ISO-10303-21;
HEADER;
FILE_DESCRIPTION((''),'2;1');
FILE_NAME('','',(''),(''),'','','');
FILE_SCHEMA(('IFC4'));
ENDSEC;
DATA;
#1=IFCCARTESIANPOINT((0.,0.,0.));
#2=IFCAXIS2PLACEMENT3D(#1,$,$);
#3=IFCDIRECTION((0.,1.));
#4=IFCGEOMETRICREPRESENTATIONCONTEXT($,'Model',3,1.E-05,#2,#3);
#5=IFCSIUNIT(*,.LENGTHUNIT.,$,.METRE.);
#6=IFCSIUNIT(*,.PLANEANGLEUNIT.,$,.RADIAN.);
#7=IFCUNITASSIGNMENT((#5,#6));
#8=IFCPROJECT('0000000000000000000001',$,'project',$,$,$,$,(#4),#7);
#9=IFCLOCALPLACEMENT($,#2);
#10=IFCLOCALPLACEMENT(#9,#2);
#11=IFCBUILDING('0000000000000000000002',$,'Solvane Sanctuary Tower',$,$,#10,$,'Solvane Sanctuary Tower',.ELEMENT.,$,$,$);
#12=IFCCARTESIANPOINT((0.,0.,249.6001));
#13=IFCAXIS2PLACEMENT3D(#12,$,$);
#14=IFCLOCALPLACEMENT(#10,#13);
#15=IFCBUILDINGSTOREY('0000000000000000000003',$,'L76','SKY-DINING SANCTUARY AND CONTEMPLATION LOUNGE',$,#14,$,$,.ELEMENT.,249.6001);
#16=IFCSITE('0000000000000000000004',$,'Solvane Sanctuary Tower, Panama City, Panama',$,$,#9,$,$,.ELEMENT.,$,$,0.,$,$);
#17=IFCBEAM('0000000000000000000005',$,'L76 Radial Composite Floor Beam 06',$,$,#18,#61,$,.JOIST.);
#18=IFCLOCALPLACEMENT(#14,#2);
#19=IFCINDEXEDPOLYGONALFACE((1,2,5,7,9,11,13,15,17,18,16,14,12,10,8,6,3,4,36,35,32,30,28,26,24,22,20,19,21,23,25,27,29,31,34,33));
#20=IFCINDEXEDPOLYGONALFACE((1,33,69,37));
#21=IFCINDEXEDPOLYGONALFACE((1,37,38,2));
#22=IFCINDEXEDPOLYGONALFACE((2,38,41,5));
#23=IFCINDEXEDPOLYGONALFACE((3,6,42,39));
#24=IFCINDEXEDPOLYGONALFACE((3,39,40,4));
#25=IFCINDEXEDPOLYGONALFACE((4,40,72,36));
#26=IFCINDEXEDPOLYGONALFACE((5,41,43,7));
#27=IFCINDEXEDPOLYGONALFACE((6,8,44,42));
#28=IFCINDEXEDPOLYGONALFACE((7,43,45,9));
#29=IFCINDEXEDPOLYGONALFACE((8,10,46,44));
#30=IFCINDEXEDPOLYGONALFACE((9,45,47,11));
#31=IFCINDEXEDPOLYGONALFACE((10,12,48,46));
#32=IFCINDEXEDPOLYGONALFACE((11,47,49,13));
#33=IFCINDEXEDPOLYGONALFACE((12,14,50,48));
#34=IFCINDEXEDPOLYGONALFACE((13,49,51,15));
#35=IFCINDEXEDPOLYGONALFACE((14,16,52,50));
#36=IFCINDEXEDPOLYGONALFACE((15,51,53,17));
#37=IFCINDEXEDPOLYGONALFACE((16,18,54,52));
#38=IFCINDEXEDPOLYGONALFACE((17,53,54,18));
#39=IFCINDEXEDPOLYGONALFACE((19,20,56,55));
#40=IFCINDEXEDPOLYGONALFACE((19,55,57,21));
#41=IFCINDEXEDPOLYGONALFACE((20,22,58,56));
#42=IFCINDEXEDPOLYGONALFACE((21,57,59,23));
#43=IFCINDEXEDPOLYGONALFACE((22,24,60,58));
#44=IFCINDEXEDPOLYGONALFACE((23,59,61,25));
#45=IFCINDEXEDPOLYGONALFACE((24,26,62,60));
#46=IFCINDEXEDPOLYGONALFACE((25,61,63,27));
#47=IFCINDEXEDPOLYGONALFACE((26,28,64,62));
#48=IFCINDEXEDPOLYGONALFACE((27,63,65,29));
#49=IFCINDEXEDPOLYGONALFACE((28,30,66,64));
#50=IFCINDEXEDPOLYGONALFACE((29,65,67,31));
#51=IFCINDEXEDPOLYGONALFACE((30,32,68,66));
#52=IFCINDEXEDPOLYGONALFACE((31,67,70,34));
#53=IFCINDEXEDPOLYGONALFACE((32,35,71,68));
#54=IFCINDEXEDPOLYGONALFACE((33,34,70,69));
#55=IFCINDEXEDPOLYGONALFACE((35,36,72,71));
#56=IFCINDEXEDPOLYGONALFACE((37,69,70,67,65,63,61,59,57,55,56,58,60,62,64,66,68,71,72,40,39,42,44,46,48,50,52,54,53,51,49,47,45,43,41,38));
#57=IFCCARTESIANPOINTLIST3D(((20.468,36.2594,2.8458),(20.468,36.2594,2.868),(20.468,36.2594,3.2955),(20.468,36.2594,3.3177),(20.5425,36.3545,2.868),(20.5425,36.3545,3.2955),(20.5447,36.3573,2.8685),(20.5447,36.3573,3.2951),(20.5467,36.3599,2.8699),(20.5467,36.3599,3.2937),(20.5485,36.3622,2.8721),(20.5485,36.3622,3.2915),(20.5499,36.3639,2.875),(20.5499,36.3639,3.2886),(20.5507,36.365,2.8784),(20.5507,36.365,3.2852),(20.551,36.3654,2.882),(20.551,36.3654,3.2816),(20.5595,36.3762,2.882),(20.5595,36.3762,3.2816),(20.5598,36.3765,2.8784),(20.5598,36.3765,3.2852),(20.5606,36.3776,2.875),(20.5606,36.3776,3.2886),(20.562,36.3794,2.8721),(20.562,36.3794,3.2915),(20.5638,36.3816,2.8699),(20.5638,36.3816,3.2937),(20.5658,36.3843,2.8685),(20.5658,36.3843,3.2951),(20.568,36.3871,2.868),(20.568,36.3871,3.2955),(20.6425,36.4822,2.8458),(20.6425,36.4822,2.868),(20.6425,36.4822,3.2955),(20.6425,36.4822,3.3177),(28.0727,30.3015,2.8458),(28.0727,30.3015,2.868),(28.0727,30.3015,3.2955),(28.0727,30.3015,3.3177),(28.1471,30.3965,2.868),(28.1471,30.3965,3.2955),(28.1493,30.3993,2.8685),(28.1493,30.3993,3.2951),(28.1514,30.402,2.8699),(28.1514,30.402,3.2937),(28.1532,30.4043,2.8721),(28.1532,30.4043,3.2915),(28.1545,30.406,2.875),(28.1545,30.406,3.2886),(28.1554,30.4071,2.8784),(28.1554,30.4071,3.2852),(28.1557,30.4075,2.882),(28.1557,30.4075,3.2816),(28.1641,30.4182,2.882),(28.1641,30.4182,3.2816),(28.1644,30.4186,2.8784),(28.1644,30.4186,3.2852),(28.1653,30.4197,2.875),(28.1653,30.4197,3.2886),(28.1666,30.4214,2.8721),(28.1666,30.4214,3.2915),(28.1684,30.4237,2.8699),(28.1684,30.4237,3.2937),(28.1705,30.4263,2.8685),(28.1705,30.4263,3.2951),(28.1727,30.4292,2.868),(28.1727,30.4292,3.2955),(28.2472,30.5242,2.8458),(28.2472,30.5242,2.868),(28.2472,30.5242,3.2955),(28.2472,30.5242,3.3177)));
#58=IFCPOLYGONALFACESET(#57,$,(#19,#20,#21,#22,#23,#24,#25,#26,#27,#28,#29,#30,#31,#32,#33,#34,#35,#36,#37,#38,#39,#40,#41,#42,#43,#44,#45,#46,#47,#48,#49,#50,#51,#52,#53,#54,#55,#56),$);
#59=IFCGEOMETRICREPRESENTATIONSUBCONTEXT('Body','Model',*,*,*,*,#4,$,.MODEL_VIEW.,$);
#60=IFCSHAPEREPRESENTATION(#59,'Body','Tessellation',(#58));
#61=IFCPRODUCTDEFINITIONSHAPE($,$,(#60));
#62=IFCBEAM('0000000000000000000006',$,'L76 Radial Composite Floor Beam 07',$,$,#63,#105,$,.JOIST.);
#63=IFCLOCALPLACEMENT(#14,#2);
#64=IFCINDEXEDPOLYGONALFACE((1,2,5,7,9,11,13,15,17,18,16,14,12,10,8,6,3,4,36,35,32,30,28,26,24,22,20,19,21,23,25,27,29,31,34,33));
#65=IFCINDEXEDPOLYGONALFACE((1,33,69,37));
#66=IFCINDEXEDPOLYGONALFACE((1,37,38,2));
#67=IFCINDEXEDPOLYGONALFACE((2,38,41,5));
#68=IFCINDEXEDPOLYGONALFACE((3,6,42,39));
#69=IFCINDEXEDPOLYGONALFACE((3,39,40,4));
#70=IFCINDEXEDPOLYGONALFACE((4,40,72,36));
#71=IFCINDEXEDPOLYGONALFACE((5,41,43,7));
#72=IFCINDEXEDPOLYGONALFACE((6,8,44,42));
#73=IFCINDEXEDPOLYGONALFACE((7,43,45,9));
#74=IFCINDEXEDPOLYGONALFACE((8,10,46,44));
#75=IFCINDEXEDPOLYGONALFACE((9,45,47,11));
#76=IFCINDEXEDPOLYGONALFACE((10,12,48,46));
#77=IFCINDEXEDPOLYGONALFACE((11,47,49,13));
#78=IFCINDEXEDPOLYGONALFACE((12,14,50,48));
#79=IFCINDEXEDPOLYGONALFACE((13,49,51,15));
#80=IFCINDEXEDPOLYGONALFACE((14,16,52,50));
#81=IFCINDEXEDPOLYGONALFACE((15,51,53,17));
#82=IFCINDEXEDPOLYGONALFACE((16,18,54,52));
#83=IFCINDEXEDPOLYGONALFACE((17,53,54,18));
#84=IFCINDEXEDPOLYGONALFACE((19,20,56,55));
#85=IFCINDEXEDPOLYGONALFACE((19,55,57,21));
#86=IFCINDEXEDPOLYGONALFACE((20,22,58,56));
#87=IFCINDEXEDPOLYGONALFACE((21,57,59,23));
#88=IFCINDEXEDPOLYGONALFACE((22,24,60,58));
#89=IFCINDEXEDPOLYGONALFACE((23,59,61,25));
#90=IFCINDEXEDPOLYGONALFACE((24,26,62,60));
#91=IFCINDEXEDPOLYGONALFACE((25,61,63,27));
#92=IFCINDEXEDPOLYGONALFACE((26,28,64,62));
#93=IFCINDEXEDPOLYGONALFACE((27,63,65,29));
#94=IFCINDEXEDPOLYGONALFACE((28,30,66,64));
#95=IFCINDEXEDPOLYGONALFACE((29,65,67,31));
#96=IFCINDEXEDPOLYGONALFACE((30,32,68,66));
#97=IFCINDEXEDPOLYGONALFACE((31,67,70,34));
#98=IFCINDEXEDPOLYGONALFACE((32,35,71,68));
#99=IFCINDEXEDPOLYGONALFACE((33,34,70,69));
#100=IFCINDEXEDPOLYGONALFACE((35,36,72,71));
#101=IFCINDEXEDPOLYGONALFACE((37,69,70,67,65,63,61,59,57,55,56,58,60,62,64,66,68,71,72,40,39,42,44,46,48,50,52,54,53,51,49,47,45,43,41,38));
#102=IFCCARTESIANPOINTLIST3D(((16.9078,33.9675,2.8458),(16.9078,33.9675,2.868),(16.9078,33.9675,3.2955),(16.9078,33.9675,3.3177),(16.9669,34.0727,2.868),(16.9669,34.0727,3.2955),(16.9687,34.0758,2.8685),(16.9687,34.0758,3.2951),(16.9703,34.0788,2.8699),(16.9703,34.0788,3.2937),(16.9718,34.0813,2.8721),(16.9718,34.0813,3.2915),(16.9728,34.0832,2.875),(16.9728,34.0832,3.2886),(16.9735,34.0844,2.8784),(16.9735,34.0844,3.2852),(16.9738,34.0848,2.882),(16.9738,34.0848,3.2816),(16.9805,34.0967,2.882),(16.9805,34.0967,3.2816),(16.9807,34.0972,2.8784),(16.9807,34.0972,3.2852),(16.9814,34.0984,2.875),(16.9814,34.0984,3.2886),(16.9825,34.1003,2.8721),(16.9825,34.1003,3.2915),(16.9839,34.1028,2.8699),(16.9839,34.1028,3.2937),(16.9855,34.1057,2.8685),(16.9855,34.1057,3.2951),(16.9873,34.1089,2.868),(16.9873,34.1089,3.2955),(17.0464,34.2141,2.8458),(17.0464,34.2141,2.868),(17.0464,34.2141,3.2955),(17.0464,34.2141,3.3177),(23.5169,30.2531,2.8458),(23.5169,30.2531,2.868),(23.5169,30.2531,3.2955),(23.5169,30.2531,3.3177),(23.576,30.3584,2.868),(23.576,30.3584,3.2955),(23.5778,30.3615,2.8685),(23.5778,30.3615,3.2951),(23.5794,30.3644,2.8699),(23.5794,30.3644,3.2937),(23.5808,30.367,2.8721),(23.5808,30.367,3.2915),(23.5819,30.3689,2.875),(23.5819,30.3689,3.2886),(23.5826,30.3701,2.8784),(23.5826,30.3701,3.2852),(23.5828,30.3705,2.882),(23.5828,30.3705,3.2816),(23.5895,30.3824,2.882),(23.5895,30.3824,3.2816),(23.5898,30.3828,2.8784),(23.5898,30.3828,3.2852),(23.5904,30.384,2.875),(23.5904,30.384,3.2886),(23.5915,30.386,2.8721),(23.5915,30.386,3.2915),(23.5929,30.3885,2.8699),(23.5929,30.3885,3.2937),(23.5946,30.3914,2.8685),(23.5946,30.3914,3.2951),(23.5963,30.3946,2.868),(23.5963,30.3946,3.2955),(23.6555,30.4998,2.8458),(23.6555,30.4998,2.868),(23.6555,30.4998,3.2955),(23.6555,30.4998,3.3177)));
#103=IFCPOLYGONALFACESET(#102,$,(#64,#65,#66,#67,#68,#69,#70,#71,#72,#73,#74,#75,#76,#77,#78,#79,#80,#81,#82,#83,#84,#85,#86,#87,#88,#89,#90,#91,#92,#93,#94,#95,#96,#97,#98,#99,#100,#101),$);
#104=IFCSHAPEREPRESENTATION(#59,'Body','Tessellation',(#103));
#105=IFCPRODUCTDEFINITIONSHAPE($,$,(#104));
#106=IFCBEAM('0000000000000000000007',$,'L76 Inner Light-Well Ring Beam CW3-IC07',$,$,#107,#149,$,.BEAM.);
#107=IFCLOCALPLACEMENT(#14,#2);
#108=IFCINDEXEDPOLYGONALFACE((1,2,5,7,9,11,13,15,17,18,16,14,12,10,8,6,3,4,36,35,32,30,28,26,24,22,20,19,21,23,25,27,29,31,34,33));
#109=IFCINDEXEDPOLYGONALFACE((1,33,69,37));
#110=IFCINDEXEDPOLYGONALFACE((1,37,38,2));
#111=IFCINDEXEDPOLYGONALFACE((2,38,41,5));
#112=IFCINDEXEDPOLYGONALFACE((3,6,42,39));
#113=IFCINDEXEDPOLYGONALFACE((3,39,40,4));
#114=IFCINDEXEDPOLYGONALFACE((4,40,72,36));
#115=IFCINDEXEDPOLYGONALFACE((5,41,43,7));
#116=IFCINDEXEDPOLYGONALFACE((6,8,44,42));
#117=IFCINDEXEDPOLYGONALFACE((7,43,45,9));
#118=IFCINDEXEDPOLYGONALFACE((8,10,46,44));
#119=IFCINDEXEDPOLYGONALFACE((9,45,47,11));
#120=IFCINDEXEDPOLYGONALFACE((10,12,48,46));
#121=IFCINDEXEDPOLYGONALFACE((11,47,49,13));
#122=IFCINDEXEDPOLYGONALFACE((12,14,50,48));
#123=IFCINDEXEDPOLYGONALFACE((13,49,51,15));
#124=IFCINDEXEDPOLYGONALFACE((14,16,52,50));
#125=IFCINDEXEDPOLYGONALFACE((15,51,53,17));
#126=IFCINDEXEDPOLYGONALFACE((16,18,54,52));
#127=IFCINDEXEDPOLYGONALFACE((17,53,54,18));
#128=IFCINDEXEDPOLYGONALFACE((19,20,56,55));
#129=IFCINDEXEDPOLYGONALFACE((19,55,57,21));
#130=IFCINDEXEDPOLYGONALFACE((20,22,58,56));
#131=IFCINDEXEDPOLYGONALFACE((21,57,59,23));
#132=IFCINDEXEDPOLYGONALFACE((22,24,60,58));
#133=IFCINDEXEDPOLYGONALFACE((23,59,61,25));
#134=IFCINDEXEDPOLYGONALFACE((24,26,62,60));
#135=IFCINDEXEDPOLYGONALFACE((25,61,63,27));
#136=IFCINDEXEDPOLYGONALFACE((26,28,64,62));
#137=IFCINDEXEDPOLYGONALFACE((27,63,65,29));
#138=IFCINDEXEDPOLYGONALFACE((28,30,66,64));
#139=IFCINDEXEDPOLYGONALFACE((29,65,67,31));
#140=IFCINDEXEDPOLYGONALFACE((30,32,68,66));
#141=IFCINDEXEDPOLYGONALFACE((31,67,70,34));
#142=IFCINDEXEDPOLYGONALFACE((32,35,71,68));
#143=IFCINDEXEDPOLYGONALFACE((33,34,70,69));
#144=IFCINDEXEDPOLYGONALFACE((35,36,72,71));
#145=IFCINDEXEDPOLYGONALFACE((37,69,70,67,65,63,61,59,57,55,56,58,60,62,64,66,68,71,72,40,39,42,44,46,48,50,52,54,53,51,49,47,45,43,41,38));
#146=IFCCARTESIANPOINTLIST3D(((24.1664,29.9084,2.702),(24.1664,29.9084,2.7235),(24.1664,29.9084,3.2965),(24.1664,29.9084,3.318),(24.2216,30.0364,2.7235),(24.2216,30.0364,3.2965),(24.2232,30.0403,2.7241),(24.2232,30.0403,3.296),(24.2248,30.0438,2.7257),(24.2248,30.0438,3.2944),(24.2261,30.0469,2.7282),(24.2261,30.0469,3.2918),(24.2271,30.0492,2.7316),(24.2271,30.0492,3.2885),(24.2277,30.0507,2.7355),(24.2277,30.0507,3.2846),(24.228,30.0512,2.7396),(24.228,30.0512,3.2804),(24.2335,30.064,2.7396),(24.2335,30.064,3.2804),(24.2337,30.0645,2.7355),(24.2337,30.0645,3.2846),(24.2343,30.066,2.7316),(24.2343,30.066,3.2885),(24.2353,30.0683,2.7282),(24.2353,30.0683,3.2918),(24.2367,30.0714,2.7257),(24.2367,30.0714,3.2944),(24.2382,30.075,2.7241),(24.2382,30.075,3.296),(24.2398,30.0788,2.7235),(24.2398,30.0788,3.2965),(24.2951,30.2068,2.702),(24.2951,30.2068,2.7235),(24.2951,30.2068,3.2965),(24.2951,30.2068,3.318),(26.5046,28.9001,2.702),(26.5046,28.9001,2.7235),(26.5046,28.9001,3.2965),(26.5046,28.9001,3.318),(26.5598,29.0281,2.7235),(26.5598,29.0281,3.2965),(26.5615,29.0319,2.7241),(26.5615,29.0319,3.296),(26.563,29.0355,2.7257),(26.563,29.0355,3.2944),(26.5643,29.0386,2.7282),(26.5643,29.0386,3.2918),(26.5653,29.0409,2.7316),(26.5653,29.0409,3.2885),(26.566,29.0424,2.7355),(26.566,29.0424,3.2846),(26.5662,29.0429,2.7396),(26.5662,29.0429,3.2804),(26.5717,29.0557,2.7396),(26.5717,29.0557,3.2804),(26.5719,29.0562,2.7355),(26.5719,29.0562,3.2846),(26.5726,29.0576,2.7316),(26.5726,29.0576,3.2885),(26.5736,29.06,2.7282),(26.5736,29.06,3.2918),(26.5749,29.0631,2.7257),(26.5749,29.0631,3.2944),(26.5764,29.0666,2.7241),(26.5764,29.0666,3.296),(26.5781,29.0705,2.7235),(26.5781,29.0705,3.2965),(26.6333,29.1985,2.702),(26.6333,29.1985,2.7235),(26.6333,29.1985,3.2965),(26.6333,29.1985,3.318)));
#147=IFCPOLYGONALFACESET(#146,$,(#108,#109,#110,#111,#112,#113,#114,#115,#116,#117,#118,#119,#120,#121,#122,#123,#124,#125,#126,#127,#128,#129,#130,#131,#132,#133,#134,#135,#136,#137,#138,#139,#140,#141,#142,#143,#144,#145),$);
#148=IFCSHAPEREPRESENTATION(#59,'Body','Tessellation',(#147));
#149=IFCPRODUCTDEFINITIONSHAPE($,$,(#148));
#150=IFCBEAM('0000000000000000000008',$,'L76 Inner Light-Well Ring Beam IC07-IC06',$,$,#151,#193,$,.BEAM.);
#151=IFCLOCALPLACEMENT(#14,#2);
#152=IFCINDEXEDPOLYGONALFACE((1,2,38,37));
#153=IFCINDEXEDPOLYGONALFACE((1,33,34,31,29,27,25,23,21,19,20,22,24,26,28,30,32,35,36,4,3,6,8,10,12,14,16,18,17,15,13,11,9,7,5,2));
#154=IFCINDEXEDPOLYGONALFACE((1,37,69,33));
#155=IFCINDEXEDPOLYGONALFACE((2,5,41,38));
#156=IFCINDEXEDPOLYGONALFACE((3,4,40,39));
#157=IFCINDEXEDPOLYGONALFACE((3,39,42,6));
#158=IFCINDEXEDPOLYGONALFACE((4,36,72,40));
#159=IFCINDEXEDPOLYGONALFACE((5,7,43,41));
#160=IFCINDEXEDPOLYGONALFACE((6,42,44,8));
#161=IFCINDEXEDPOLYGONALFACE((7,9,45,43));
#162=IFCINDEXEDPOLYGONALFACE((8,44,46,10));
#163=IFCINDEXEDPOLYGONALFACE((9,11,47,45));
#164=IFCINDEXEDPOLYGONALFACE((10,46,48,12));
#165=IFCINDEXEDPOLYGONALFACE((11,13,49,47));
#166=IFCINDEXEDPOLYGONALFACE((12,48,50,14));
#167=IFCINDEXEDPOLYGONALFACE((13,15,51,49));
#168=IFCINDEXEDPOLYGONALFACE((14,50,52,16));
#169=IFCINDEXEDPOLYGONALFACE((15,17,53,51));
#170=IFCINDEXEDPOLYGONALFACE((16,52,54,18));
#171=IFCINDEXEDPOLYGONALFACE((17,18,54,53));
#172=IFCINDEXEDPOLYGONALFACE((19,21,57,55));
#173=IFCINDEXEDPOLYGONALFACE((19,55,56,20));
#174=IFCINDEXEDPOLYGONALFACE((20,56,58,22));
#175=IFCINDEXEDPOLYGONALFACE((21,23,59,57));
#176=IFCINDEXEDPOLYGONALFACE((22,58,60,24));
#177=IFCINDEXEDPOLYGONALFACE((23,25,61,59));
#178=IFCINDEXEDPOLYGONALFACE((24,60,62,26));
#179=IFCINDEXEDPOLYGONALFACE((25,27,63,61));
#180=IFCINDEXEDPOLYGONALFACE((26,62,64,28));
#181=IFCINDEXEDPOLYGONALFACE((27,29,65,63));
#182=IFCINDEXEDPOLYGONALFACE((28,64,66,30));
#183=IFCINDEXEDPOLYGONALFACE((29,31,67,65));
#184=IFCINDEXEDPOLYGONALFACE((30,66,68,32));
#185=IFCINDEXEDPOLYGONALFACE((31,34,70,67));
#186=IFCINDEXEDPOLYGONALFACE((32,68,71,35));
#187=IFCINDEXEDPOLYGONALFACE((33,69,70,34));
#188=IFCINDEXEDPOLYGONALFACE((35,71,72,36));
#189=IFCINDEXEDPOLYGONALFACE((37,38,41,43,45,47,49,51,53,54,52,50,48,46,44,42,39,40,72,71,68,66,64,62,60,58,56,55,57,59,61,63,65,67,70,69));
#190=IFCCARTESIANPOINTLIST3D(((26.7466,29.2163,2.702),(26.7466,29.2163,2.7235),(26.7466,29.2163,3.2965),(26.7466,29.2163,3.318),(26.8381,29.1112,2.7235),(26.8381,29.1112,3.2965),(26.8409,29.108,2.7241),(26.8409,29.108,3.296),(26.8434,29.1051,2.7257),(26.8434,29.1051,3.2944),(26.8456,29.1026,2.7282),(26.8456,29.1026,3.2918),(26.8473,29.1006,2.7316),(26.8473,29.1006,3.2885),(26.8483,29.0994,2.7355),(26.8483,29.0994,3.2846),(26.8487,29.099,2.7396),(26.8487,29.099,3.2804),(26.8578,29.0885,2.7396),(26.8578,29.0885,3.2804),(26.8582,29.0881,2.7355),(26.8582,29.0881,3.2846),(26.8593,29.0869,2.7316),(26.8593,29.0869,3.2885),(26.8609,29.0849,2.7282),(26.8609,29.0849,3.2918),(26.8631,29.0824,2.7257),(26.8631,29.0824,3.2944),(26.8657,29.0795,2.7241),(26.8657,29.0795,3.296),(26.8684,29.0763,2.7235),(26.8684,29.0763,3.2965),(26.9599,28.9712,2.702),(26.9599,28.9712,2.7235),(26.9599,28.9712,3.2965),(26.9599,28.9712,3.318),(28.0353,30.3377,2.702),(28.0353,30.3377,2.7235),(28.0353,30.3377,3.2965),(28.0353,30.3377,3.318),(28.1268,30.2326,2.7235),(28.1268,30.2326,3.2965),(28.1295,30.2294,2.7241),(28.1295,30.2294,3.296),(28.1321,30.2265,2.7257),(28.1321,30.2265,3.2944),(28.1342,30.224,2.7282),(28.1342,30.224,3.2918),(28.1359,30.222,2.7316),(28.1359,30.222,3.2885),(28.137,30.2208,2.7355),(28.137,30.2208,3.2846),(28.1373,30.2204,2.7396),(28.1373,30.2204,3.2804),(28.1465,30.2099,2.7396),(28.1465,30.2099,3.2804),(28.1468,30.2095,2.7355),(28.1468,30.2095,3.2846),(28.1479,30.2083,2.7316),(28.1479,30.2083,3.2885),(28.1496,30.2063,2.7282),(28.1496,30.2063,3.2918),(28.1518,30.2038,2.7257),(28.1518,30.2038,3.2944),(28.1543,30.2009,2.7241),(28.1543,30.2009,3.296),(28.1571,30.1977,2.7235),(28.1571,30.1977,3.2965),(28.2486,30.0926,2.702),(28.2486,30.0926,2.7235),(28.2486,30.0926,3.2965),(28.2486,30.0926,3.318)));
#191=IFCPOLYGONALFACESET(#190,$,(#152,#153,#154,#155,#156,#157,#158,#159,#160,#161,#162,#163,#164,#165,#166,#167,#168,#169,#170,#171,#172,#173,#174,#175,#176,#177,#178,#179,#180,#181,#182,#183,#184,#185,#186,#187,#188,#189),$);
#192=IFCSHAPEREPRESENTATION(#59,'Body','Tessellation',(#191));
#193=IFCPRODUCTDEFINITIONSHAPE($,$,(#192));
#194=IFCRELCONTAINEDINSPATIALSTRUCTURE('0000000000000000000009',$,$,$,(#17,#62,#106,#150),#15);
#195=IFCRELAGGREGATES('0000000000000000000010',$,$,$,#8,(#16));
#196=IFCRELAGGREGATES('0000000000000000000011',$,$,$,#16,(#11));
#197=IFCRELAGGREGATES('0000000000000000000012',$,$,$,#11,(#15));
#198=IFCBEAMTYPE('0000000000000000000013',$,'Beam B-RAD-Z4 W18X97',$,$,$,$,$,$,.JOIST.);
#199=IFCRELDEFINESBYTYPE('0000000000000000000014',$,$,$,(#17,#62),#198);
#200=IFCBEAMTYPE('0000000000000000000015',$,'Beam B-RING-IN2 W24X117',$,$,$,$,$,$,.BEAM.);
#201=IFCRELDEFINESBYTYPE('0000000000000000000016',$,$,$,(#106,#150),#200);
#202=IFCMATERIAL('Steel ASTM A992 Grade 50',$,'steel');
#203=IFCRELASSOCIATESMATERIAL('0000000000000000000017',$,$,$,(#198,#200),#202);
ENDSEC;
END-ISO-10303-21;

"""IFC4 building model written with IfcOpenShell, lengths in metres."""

from ifc_helpers import new_model, si_unit, direction, frame, origin, origin_2d, place, context, subcontext, project, spatial, i_section, extrude, material, material_profile, profile_set, type_object, element, save


model = new_model("IFC4")

# Units and contexts
model_context = context("Model", 3, precision=1e-05, world=origin(), true_north=direction((0.0, 1.0)))
body_context = subcontext(model_context, "Body", "Model", "MODEL_VIEW")
ifc_project = project(units=[si_unit("LENGTHUNIT", "METRE"), si_unit("PLANEANGLEUNIT", "RADIAN")], contexts=[model_context])

# Site, building, storey
site_placement = place(None, origin())
site = spatial("IfcSite", under=ifc_project, at=site_placement, Name="Solvane Sanctuary Tower, Panama City, Panama", CompositionType="ELEMENT", RefElevation=0.0)
building_placement = place(site_placement, origin())
building = spatial("IfcBuilding", under=site, at=building_placement, Name="Solvane Sanctuary Tower", LongName="Solvane Sanctuary Tower", CompositionType="ELEMENT")
storey_placement = place(building_placement, frame((0.0, 0.0, 249.6001)))
storey = spatial("IfcBuildingStorey", under=building, at=storey_placement, Name="L76", Description="SKY-DINING SANCTUARY AND CONTEMPLATION LOUNGE", CompositionType="ELEMENT", Elevation=249.6001)

# Beams
ifc_material_1 = material(Name="Steel ASTM A992 Grade 50", Category="steel")
ifc_material_profile_1 = material_profile(ifc_material_1, i_section(OverallWidth=0.283, OverallDepth=0.4719, WebThickness=0.0137, FlangeThickness=0.0222, FilletRadius=0.0139, at=origin_2d()), Name="W18X97")
ifc_profile_set_1 = profile_set([ifc_material_profile_1], Name="Steel ASTM A992 Grade 50")
beam_type_1 = type_object("IfcBeamType", Name="Beam B-RAD-Z4 W18X97", PredefinedType="JOIST", material=ifc_profile_set_1)
beam_1_placement = place(storey_placement, frame((28.1599, 30.4128, 3.0818), z_axis=(-0.78718, 0.616724, 0.0), x_axis=(-0.616724, -0.78718, 0.0)))
element("IfcBeam", 1, at=beam_1_placement, inside=storey, type_object=beam_type_1, Name="L76 Radial Composite Floor Beam 06", PredefinedType="JOIST", context=body_context, shape_type="SweptSolid", body=[
    extrude(i_section(OverallWidth=0.283, OverallDepth=0.4719, WebThickness=0.0137, FlangeThickness=0.0222, FilletRadius=0.0139, at=origin_2d()), origin(), (0.0, 0.0, 1.0), 9.6606),
])
beam_2_placement = place(storey_placement, frame((23.5862, 30.3765, 3.0818), z_axis=(-0.87176, 0.489932, 0.0), x_axis=(-0.489932, -0.87176, 0.0)))
element("IfcBeam", 2, at=beam_2_placement, inside=storey, type_object=beam_type_1, Name="L76 Radial Composite Floor Beam 07", PredefinedType="JOIST", context=body_context, shape_type="SweptSolid", body=[
    extrude(i_section(OverallWidth=0.283, OverallDepth=0.4719, WebThickness=0.0137, FlangeThickness=0.0222, FilletRadius=0.0139, at=origin_2d()), origin(), (0.0, 0.0, 1.0), 7.5813),
])
ifc_material_profile_2 = material_profile(ifc_material_1, i_section(OverallWidth=0.325, OverallDepth=0.616, WebThickness=0.0139, FlangeThickness=0.0215, FilletRadius=0.0161, at=origin_2d()), Name="W24X117")
ifc_profile_set_2 = profile_set([ifc_material_profile_2], Name="Steel ASTM A992 Grade 50")
beam_type_2 = type_object("IfcBeamType", Name="Beam B-RING-IN2 W24X117", PredefinedType="BEAM", material=ifc_profile_set_2)
beam_3_placement = place(storey_placement, frame((24.2307, 30.0576, 3.01), z_axis=(0.918255, -0.39599, 0.0), x_axis=(0.39599, 0.918255, 0.0)))
element("IfcBeam", 3, at=beam_3_placement, inside=storey, type_object=beam_type_2, Name="L76 Inner Light-Well Ring Beam CW3-IC07", PredefinedType="BEAM", context=body_context, shape_type="SweptSolid", body=[
    extrude(i_section(OverallWidth=0.325, OverallDepth=0.616, WebThickness=0.0139, FlangeThickness=0.0215, FilletRadius=0.0161, at=origin_2d()), origin(), (0.0, 0.0, 1.0), 2.5464),
])
beam_4_placement = place(storey_placement, frame((26.8533, 29.0938, 3.01), z_axis=(0.754362, 0.656458, 0.0), x_axis=(-0.656458, 0.754362, 0.0)))
element("IfcBeam", 4, at=beam_4_placement, inside=storey, type_object=beam_type_2, Name="L76 Inner Light-Well Ring Beam IC07-IC06", PredefinedType="BEAM", context=body_context, shape_type="SweptSolid", body=[
    extrude(i_section(OverallWidth=0.325, OverallDepth=0.616, WebThickness=0.0139, FlangeThickness=0.0215, FilletRadius=0.0161, at=origin_2d()), origin(), (0.0, 0.0, 1.0), 1.7083),
])

save(model, "model.ifc")
